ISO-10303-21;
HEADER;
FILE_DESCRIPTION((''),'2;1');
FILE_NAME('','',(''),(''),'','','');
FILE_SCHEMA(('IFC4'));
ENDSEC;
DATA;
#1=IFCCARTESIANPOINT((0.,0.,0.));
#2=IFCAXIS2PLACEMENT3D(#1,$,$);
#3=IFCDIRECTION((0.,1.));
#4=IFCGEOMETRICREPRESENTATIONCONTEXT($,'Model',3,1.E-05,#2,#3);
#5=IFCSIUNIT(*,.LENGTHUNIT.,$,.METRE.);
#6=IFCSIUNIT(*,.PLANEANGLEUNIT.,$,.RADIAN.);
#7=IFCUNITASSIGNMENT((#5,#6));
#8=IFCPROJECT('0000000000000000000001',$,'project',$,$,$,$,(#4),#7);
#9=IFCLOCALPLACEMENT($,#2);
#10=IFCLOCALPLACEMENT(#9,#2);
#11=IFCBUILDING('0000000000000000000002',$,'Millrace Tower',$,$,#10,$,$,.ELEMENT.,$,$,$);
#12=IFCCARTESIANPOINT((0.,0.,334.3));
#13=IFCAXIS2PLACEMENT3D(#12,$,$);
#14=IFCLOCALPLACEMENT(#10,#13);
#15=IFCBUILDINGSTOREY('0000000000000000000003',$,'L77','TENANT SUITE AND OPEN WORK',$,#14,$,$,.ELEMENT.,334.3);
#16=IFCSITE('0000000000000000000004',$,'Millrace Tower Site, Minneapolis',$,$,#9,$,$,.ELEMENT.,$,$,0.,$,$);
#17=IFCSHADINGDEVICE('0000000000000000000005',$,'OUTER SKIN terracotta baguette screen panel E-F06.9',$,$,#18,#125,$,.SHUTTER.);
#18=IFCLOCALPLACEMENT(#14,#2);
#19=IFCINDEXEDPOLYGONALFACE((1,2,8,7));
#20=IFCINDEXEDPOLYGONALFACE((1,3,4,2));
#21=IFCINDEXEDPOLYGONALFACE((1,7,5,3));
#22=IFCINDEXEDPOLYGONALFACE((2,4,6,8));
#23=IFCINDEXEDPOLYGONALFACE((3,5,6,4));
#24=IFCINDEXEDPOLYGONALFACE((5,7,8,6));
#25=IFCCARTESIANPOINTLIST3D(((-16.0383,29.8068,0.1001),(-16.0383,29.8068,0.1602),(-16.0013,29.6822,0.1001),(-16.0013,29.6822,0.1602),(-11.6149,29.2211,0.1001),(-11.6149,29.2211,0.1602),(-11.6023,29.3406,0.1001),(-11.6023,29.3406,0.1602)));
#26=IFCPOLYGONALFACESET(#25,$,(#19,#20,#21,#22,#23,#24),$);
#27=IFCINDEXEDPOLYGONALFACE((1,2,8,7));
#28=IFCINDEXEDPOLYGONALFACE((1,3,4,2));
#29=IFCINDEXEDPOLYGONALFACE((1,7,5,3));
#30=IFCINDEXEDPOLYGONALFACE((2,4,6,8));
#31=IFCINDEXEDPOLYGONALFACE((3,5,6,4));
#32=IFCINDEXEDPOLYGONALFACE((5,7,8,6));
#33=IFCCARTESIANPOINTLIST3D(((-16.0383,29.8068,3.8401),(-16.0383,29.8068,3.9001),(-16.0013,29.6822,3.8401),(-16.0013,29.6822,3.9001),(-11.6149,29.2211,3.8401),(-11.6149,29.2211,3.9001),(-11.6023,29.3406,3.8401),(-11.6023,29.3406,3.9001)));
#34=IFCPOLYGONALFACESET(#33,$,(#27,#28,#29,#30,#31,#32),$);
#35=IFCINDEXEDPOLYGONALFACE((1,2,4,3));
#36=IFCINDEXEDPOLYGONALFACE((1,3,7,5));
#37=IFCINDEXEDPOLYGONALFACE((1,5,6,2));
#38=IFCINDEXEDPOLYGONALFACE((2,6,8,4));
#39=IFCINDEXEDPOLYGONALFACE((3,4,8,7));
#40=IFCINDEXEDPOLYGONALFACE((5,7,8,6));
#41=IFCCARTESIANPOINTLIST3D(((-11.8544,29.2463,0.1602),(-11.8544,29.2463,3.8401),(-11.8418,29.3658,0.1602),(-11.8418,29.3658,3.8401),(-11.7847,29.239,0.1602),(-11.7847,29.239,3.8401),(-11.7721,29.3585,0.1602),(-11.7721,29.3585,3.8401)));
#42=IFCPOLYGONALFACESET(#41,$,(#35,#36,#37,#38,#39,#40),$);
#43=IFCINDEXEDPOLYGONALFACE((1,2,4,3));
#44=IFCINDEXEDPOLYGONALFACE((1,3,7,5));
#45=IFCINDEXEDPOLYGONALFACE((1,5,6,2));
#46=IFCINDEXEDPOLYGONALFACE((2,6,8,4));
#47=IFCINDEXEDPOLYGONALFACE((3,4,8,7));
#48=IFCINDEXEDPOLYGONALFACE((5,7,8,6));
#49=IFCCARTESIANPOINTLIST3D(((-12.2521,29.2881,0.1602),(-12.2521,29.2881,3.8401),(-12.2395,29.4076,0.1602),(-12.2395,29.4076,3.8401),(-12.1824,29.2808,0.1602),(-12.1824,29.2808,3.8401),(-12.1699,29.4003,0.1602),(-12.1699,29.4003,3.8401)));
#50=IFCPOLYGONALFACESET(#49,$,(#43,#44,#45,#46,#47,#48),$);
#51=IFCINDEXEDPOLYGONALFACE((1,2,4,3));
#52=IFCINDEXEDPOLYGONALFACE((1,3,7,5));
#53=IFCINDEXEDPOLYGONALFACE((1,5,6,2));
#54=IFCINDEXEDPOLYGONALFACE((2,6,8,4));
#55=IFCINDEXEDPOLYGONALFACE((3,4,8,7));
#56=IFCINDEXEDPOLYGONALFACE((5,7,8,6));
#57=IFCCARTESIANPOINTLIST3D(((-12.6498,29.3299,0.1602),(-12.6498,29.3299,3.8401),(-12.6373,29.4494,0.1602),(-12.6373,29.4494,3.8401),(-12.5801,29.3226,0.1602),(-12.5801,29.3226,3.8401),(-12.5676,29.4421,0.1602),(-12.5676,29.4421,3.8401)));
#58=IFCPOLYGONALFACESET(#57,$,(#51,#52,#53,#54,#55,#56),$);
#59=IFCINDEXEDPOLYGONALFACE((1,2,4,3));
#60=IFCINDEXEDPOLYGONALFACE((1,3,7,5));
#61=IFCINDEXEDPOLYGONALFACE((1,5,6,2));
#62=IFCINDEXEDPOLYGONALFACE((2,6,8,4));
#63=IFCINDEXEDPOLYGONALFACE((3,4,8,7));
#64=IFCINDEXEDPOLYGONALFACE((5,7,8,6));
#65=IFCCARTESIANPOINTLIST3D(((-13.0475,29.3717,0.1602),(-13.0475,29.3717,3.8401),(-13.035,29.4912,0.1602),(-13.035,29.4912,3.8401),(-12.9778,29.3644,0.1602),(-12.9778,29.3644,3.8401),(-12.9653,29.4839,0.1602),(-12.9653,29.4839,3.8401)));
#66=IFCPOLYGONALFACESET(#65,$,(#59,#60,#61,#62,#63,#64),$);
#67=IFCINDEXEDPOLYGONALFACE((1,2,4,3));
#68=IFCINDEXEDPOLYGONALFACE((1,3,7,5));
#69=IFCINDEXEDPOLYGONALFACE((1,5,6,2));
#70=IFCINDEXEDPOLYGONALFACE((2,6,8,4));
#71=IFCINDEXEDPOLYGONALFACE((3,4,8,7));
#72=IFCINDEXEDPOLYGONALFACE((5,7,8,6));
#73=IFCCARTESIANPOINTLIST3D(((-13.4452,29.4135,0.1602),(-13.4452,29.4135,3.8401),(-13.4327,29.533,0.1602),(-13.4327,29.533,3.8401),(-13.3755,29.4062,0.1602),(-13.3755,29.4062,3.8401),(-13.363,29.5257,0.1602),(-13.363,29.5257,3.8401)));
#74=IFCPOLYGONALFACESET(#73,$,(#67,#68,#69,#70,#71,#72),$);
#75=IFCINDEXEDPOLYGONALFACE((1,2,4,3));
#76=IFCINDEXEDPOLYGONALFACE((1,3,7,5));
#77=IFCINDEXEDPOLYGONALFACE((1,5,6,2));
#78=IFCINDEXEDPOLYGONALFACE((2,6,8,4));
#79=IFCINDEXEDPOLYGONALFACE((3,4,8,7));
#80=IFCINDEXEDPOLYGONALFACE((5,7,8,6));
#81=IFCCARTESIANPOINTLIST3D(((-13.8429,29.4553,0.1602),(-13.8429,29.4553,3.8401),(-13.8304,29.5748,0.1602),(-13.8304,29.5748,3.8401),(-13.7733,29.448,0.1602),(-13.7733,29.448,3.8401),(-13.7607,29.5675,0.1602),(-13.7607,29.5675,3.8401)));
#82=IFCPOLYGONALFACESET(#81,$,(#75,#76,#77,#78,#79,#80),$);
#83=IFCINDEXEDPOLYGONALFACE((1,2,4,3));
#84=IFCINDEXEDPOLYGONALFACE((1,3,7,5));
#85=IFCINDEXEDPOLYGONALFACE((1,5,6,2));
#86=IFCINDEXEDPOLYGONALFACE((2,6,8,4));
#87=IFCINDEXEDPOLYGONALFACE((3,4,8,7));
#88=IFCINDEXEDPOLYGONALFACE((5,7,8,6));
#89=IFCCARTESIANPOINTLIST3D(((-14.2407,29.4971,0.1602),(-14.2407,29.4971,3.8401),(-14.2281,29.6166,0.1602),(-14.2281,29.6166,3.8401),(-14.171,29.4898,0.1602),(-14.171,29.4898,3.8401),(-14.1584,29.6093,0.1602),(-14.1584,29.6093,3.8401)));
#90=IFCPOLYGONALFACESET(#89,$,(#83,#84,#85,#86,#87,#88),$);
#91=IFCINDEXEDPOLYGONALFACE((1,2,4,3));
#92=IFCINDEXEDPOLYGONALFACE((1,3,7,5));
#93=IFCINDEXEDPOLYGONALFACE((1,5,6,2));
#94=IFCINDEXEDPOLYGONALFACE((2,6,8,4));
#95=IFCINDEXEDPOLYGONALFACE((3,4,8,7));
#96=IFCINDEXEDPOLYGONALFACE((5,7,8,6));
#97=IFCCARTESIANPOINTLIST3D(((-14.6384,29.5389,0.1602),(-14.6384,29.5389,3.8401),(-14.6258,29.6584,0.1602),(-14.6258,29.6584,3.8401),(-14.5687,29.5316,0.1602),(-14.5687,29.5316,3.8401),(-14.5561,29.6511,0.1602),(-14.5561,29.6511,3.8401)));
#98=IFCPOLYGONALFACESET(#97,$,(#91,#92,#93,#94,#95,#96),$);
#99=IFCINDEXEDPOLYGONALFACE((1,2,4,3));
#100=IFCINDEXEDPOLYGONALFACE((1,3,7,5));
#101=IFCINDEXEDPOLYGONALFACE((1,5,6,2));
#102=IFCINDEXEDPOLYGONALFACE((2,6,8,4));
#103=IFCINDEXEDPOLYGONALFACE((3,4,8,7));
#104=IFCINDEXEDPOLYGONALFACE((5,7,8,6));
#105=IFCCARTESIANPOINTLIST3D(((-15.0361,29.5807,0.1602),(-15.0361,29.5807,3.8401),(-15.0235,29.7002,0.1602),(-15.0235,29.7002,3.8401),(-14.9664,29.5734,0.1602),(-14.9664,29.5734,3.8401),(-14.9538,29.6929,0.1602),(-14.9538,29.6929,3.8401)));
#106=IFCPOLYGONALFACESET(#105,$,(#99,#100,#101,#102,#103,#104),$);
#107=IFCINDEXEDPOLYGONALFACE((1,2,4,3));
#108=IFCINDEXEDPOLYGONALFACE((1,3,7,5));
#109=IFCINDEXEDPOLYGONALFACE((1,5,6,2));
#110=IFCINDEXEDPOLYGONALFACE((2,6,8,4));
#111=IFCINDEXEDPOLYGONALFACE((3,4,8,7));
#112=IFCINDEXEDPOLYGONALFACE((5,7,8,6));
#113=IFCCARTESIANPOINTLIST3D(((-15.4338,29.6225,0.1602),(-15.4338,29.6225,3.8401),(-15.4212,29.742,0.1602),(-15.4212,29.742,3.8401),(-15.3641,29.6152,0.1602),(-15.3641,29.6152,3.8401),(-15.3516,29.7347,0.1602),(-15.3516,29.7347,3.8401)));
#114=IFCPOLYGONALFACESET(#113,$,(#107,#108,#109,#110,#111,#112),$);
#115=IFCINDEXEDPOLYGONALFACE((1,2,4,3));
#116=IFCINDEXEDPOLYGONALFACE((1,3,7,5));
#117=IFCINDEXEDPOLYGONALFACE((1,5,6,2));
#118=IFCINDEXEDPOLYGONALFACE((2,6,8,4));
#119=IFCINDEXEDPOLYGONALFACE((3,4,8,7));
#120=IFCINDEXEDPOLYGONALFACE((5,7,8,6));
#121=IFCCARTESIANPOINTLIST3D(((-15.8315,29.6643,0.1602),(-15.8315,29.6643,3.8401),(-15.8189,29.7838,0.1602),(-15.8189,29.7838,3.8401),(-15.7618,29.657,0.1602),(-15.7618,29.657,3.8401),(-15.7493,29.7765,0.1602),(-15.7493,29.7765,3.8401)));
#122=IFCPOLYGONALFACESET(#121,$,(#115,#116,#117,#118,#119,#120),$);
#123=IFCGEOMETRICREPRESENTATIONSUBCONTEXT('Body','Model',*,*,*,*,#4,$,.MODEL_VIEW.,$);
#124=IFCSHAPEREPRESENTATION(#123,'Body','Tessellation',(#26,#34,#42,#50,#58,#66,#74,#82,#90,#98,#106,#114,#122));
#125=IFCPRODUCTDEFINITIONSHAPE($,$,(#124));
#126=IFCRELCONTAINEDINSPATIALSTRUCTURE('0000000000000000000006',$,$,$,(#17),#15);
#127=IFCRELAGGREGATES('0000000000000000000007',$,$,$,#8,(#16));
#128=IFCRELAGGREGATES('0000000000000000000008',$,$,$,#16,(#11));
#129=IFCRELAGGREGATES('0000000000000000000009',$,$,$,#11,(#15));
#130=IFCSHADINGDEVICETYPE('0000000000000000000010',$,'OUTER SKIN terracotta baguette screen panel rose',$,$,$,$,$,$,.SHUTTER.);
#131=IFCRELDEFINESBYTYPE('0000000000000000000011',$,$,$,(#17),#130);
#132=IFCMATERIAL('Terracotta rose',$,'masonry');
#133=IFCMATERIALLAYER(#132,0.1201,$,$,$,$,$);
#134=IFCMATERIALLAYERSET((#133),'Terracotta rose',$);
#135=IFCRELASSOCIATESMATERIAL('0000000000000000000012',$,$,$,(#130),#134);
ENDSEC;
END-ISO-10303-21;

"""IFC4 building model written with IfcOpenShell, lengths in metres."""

from ifc_helpers import new_model, entity, si_unit, direction, frame, frame_2d, origin, place, context, subcontext, project, spatial, rectangle, extrude, source, transform, mapped, material, layer, layer_set, type_object, element, save


model = new_model("IFC4")

# Units and contexts
model_context = context("Model", 3, precision=1e-05, world=origin(), true_north=direction((0.0, 1.0)))
body_context = subcontext(model_context, "Body", "Model", "MODEL_VIEW")
ifc_project = project(units=[si_unit("LENGTHUNIT", "METRE"), si_unit("PLANEANGLEUNIT", "RADIAN")], contexts=[model_context])

# Site, building, storey
site_placement = place(None, origin())
site = spatial("IfcSite", under=ifc_project, at=site_placement, Name="Millrace Tower Site, Minneapolis", CompositionType="ELEMENT", RefElevation=0.0)
building_placement = place(site_placement, origin())
building = spatial("IfcBuilding", under=site, at=building_placement, Name="Millrace Tower", CompositionType="ELEMENT")
storey_placement = place(building_placement, frame((0.0, 0.0, 334.3)))
storey = spatial("IfcBuildingStorey", under=building, at=storey_placement, Name="L77", Description="TENANT SUITE AND OPEN WORK", CompositionType="ELEMENT", Elevation=334.3)

# Shading device
ifc_material_1 = material(Name="Terracotta rose", Category="masonry")
ifc_layer_1 = layer(ifc_material_1, 0.1201)
ifc_layer_set_1 = layer_set([ifc_layer_1], Name="Terracotta rose")
shading_device_type = type_object("IfcShadingDeviceType", Name="OUTER SKIN terracotta baguette screen panel rose", PredefinedType="SHUTTER", material=ifc_layer_set_1)
cartesian_point_1 = entity("IfcCartesianPoint", [-2.2178, 0.0601])
shared_polyline_1 = entity("IfcPolyline", [cartesian_point_1, entity("IfcCartesianPoint", [2.1929, 0.0601]), entity("IfcCartesianPoint", [2.2427, -0.0601]), entity("IfcCartesianPoint", [-2.2178, -0.0601]), cartesian_point_1])
shared_shape_1 = source(origin(), body_context, "Body", "SweptSolid", [
    entity("IfcExtrudedAreaSolid", entity("IfcArbitraryClosedProfileDef", "AREA", None, shared_polyline_1), entity("IfcAxis2Placement3D", entity("IfcCartesianPoint", [0.0, 0.0, 0.0])), entity("IfcDirection", [0.0, 0.0, 1.0]), 0.0601),
    entity("IfcExtrudedAreaSolid", entity("IfcArbitraryClosedProfileDef", "AREA", None, shared_polyline_1), entity("IfcAxis2Placement3D", entity("IfcCartesianPoint", [0.0, 0.0, 3.74])), entity("IfcDirection", [0.0, 0.0, 1.0]), 0.0601),
    extrude(rectangle(XDim=0.0701, YDim=0.1201, at=frame_2d((-2.012, 0.0))), frame((0.0, 0.0, 0.0601)), (0.0, 0.0, 1.0), 3.6799),
    extrude(rectangle(XDim=0.0701, YDim=0.1201, at=frame_2d((-1.6121, 0.0))), frame((0.0, 0.0, 0.0601)), (0.0, 0.0, 1.0), 3.6799),
    extrude(rectangle(XDim=0.0701, YDim=0.1201, at=frame_2d((-1.2122, 0.0))), frame((0.0, 0.0, 0.0601)), (0.0, 0.0, 1.0), 3.6799),
    extrude(rectangle(XDim=0.0701, YDim=0.1201, at=frame_2d((-0.8123, 0.0))), frame((0.0, 0.0, 0.0601)), (0.0, 0.0, 1.0), 3.6799),
    extrude(rectangle(XDim=0.0701, YDim=0.1201, at=frame_2d((-0.4124, 0.0))), frame((0.0, 0.0, 0.0601)), (0.0, 0.0, 1.0), 3.6799),
    extrude(rectangle(XDim=0.0701, YDim=0.1201, at=frame_2d((-0.0125, 0.0))), frame((0.0, 0.0, 0.0601)), (0.0, 0.0, 1.0), 3.6799),
    extrude(rectangle(XDim=0.0701, YDim=0.1201, at=frame_2d((0.3875, 0.0))), frame((0.0, 0.0, 0.0601)), (0.0, 0.0, 1.0), 3.6799),
    extrude(rectangle(XDim=0.0701, YDim=0.1201, at=frame_2d((0.7874, 0.0))), frame((0.0, 0.0, 0.0601)), (0.0, 0.0, 1.0), 3.6799),
    extrude(rectangle(XDim=0.0701, YDim=0.1201, at=frame_2d((1.1873, 0.0))), frame((0.0, 0.0, 0.0601)), (0.0, 0.0, 1.0), 3.6799),
    extrude(rectangle(XDim=0.0701, YDim=0.1201, at=frame_2d((1.5872, 0.0))), frame((0.0, 0.0, 0.0601)), (0.0, 0.0, 1.0), 3.6799),
    extrude(rectangle(XDim=0.0701, YDim=0.1201, at=frame_2d((1.9871, 0.0))), frame((0.0, 0.0, 0.0601)), (0.0, 0.0, 1.0), 3.6799),
])
shading_device_placement = place(storey_placement, frame((-13.8142, 29.5127, 0.1001), z_axis=(0.0, 0.0, 1.0), x_axis=(-0.994522, 0.104528, 0.0)))
element("IfcShadingDevice", 1, at=shading_device_placement, inside=storey, type_object=shading_device_type, Name="OUTER SKIN terracotta baguette screen panel E-F06.9", PredefinedType="SHUTTER", context=body_context, shape_type="MappedRepresentation", body=[
    mapped(shared_shape_1, transform((0.0, 0.0, 0.0), scale=1.0)),
])

save(model, "model.ifc")
